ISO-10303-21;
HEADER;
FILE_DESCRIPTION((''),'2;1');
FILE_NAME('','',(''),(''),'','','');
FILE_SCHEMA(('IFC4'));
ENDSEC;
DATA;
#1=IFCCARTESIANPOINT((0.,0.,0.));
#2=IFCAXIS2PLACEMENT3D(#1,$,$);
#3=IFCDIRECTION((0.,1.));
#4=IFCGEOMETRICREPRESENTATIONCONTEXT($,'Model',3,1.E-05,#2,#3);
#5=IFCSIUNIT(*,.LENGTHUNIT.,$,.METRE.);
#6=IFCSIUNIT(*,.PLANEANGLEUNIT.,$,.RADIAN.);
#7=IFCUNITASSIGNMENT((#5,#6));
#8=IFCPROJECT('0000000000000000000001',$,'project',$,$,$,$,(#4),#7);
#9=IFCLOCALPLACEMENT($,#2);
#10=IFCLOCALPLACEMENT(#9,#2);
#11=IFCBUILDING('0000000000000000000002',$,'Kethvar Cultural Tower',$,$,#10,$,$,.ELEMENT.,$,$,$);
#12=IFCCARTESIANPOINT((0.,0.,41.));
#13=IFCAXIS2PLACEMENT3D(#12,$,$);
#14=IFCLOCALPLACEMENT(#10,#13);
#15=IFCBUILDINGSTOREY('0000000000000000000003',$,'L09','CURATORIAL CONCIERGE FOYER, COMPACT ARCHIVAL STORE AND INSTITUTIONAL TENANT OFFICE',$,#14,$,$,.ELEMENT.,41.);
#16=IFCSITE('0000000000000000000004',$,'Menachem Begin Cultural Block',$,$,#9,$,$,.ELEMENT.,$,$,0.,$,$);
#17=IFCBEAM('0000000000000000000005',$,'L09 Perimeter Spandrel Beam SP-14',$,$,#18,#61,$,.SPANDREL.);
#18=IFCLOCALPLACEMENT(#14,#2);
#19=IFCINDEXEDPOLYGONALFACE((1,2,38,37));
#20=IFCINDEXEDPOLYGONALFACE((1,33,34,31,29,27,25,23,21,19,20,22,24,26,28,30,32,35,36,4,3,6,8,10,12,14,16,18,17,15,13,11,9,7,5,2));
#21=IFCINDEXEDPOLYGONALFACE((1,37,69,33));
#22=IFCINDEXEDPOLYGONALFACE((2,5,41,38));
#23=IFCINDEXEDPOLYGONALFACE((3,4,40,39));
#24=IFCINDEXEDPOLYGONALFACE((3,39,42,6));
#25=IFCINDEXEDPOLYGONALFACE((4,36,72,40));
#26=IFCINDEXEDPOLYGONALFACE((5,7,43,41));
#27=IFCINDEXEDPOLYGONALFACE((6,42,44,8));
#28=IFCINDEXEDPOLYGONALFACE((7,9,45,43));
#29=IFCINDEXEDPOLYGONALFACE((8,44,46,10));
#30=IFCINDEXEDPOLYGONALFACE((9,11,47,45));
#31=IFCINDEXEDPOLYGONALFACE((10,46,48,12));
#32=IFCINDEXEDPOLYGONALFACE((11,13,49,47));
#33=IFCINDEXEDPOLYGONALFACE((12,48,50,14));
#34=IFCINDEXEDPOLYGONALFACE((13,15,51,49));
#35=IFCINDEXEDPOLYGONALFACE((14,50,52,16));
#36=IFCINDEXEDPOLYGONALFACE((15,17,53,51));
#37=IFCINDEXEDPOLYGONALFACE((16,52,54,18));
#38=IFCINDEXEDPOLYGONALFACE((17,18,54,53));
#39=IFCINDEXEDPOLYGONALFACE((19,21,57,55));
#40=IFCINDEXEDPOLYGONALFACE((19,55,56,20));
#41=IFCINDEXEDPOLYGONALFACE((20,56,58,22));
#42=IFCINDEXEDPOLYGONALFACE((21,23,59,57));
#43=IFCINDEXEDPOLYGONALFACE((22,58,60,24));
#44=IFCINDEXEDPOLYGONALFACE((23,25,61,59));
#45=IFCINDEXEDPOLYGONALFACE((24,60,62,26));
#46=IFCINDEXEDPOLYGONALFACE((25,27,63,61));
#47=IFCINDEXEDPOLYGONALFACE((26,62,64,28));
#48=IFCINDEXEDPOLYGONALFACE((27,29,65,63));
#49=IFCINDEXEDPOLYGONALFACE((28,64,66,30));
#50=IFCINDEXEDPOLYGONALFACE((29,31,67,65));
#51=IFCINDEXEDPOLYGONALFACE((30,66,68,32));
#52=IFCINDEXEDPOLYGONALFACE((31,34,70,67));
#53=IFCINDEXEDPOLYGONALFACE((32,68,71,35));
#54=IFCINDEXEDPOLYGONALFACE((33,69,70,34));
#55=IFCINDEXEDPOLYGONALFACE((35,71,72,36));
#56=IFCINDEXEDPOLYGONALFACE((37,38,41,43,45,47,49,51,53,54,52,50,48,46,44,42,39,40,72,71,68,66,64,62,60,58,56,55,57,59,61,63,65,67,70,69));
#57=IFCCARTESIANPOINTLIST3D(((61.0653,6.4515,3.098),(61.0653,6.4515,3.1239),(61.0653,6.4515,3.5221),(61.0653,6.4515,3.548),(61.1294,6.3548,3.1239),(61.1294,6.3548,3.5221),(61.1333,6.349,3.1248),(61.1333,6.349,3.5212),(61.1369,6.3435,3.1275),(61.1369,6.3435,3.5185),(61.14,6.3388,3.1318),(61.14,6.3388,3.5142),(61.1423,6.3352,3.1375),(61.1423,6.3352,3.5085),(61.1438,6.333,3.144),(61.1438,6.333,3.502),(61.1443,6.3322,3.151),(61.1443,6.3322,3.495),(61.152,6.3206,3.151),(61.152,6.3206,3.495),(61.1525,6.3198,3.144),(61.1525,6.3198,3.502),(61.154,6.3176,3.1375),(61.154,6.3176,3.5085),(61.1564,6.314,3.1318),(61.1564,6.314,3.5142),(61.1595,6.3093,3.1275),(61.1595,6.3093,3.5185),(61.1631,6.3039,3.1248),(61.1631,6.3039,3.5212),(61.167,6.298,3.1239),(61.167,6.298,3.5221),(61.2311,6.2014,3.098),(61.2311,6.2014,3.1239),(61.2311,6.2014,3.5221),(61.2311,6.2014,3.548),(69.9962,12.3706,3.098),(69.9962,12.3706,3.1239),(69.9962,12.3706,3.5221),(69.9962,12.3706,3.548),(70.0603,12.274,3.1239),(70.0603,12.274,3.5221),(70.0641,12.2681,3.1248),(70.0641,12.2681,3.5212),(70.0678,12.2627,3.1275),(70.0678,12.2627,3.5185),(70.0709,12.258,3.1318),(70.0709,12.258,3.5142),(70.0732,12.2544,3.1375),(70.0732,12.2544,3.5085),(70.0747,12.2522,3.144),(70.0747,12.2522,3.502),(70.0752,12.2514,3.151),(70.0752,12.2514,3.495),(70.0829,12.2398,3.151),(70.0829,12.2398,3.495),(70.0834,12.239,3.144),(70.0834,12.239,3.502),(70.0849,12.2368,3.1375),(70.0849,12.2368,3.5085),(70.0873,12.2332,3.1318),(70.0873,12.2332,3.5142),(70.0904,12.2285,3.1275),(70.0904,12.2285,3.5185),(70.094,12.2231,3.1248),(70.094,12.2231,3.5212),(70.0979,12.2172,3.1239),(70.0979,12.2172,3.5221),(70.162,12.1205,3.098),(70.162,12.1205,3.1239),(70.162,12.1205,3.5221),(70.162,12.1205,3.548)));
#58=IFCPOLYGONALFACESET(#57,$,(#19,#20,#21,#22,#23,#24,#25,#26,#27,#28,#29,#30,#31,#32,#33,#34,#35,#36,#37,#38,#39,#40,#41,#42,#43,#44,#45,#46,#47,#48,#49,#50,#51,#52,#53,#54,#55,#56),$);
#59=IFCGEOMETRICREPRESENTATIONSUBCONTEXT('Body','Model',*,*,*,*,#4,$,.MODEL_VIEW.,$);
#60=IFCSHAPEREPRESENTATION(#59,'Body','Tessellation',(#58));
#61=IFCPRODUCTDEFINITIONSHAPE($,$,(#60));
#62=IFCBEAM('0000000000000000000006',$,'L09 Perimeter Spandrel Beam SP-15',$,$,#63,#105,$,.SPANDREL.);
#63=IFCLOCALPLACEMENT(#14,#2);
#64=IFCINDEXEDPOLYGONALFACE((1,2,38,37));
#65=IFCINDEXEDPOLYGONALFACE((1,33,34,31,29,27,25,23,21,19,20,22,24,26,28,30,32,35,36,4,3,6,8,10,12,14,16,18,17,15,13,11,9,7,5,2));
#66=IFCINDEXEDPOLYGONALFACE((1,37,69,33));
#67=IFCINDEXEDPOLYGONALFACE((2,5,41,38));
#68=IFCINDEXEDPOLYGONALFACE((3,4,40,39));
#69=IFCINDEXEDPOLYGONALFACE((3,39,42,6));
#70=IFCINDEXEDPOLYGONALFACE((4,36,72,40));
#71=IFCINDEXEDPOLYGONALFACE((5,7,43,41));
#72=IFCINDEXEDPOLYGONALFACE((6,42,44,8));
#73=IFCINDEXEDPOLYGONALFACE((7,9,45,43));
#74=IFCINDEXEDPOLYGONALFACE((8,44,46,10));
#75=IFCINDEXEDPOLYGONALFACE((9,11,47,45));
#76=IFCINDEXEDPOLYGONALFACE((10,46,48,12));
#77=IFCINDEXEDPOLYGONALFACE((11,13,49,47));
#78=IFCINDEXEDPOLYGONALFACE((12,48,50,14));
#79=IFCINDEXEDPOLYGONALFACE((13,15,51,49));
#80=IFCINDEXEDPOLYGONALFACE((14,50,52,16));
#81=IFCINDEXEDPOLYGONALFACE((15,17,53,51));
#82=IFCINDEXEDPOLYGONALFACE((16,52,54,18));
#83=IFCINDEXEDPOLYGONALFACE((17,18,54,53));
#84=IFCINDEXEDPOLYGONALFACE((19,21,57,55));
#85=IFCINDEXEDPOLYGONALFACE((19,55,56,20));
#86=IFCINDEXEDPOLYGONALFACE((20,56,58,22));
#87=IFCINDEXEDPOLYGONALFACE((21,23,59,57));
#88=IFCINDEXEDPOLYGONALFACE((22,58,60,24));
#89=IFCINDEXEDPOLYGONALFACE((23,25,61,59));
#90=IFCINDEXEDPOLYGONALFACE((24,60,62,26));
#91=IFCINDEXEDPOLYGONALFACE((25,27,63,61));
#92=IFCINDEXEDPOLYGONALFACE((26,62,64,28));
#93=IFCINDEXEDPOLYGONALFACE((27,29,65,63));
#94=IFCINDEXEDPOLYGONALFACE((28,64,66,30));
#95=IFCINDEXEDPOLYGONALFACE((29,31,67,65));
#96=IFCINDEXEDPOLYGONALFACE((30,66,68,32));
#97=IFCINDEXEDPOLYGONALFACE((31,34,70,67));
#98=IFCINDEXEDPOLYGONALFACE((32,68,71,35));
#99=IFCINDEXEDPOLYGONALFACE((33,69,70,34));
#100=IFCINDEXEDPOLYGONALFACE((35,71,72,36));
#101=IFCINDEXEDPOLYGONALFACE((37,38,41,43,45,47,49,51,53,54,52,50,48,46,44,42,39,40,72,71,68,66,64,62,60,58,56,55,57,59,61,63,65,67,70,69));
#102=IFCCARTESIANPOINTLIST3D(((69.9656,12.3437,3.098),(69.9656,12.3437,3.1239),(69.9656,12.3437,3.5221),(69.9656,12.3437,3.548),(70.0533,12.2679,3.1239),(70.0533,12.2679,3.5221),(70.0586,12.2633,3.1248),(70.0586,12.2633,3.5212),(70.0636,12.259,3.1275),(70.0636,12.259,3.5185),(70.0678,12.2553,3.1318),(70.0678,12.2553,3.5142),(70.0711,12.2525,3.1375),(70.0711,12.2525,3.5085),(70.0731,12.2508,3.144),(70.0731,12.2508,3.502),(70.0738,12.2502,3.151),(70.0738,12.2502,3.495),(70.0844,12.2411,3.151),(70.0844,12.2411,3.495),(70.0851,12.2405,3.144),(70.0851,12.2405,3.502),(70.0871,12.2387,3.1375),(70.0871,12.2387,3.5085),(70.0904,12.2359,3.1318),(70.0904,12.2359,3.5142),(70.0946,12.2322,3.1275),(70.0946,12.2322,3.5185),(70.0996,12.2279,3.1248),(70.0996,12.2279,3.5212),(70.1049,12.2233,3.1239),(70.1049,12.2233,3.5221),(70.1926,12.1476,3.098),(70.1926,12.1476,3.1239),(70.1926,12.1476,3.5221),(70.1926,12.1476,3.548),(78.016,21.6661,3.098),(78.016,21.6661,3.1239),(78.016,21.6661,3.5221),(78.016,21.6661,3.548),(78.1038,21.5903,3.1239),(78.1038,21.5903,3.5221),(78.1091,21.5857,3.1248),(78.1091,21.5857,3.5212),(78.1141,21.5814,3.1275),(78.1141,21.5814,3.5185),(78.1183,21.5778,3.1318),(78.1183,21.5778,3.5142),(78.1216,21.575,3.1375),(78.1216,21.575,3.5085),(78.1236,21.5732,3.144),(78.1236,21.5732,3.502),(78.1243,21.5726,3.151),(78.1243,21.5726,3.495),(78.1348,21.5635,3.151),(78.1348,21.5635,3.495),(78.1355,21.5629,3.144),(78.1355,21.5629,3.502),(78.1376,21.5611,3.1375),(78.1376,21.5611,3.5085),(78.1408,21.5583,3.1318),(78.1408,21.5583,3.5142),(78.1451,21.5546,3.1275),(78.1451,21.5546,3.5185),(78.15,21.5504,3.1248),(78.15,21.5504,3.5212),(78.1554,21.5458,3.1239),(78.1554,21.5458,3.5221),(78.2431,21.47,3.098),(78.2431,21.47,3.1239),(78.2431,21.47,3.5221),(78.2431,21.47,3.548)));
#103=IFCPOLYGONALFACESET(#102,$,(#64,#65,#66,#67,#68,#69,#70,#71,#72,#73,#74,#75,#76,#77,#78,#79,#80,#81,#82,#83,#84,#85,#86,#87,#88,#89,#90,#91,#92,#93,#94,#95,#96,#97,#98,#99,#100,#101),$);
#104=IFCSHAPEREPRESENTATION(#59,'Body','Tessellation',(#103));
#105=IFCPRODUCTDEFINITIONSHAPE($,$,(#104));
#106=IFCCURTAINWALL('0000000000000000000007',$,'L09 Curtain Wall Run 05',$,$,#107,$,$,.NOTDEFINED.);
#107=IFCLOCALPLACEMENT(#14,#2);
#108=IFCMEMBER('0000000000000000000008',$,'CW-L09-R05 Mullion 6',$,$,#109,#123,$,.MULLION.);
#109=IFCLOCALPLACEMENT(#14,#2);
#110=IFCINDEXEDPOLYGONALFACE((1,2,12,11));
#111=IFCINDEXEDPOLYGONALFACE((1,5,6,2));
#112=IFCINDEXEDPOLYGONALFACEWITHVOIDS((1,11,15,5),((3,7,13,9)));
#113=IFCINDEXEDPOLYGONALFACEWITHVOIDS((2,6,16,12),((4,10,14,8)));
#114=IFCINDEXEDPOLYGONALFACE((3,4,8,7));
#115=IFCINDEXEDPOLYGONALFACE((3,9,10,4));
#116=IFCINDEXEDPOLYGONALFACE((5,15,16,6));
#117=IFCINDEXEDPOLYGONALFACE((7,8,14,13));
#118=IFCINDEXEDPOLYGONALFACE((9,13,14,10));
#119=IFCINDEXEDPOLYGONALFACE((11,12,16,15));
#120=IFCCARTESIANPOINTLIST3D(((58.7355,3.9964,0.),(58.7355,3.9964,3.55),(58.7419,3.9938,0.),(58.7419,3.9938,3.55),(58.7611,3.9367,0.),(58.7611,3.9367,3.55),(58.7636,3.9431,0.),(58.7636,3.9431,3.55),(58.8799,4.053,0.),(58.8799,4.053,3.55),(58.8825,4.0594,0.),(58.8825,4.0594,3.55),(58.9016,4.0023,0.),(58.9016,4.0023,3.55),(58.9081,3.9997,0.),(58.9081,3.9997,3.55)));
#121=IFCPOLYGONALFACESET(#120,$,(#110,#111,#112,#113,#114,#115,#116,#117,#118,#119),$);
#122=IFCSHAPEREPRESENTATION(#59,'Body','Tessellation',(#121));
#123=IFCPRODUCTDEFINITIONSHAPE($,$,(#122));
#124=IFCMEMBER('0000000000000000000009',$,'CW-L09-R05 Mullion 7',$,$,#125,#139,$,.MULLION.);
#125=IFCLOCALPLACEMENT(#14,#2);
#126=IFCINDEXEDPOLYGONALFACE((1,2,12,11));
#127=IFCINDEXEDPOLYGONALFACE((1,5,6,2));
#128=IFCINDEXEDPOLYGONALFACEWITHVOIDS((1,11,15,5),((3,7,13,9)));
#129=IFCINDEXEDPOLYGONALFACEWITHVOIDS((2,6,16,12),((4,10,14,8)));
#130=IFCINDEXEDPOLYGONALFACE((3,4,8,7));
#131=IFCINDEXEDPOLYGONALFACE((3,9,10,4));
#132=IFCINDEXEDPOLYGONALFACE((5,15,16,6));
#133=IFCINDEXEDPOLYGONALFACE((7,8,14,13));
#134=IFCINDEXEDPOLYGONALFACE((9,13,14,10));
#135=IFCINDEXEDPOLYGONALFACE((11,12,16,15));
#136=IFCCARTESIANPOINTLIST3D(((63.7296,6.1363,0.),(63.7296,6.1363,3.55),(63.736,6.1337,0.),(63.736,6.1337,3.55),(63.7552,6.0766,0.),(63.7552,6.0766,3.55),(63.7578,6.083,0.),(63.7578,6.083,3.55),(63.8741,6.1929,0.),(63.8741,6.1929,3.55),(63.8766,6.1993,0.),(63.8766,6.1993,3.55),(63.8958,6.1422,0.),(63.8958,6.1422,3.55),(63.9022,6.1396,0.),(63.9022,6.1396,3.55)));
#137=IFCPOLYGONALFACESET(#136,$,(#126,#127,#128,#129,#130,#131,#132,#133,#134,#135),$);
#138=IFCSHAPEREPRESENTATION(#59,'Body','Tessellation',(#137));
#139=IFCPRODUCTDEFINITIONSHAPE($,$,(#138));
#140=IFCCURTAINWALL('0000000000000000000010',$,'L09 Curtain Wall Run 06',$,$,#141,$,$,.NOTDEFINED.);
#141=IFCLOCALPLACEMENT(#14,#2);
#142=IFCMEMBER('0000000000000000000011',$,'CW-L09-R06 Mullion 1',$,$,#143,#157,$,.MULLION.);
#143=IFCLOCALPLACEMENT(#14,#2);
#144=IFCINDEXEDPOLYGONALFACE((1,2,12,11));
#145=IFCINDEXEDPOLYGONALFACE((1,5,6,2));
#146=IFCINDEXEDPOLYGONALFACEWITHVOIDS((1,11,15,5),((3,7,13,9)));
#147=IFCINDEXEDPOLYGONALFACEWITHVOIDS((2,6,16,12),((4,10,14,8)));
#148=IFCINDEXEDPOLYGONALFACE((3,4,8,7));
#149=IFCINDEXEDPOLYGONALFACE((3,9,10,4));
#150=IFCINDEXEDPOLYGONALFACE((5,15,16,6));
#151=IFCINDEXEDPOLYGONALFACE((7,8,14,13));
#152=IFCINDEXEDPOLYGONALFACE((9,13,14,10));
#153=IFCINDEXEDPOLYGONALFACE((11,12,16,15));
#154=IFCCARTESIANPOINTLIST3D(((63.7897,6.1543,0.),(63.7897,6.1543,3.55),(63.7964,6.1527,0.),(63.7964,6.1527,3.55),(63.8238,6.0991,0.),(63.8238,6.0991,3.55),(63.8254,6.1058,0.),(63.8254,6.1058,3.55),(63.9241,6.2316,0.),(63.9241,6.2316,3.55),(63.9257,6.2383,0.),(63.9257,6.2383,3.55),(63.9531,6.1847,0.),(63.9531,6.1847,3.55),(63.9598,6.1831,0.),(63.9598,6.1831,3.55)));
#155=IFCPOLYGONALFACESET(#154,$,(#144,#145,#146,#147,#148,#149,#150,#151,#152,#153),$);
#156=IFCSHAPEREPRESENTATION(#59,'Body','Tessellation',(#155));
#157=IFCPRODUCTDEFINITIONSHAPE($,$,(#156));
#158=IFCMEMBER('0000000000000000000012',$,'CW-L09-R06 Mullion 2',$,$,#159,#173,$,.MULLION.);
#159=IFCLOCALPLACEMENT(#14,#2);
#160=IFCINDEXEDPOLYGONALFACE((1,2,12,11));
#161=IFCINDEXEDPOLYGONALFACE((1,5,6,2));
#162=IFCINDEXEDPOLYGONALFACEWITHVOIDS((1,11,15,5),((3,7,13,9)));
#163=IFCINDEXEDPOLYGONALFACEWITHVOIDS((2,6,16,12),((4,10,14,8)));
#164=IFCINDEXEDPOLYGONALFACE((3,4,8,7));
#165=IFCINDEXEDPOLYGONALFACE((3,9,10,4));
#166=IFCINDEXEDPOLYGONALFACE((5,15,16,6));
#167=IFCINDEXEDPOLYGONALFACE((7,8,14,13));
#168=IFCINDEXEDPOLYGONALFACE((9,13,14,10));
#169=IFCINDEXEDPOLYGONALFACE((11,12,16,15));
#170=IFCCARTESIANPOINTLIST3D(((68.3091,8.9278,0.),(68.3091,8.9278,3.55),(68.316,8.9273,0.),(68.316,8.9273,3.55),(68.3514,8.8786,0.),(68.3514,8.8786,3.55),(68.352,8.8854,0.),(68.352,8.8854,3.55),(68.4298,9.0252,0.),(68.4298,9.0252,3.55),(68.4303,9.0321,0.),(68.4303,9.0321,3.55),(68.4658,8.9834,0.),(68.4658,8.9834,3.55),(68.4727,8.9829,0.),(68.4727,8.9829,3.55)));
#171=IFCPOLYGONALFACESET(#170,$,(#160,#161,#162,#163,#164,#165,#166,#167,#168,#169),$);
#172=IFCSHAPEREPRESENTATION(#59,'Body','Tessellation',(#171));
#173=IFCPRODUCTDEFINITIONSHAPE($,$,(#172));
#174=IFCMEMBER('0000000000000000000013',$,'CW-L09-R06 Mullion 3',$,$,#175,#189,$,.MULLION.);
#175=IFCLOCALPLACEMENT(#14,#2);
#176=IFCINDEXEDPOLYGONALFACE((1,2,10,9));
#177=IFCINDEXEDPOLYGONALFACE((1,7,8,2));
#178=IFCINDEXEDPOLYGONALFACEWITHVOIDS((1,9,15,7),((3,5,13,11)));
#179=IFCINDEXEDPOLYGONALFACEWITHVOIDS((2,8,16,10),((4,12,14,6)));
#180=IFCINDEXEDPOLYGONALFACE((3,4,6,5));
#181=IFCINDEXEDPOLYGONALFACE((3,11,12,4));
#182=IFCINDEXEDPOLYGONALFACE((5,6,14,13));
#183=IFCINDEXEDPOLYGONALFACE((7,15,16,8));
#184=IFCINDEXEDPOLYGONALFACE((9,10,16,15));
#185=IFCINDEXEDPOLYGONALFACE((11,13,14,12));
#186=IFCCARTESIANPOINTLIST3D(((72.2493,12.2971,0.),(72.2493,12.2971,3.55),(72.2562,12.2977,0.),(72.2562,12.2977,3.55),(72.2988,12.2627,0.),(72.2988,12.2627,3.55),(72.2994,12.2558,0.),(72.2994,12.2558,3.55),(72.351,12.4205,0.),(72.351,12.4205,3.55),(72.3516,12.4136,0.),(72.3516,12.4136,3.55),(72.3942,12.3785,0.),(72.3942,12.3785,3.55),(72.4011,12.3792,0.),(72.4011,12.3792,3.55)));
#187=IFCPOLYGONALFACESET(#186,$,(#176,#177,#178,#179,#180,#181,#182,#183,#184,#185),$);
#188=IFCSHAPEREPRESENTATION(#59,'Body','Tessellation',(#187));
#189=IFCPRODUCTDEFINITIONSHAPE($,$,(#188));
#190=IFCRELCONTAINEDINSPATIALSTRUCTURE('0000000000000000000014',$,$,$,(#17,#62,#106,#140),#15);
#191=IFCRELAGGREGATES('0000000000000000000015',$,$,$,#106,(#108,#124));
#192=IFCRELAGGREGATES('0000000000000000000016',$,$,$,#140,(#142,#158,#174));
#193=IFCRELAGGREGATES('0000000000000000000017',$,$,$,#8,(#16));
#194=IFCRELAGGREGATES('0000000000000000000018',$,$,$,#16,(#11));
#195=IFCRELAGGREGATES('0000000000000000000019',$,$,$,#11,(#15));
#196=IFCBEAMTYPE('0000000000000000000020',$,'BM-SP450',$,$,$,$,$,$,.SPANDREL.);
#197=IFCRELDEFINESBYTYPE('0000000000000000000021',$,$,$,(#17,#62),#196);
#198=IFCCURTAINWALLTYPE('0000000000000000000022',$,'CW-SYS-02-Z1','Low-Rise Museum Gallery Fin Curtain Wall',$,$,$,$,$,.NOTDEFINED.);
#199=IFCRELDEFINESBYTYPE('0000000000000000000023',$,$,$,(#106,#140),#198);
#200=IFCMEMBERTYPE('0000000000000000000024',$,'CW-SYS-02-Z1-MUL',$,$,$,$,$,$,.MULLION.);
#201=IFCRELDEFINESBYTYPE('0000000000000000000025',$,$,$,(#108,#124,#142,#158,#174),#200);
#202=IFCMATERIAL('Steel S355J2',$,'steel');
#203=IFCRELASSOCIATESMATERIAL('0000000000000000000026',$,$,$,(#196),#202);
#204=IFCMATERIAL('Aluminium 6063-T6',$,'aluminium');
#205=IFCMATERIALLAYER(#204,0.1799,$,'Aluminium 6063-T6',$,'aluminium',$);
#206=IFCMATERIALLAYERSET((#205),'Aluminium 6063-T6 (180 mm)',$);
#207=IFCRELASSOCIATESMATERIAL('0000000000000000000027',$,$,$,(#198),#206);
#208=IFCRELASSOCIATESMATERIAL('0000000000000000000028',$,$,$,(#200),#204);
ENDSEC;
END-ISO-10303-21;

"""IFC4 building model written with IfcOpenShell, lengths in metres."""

from ifc_helpers import new_model, si_unit, direction, frame, origin, origin_2d, place, context, subcontext, project, spatial, hollow_rectangle, i_section, extrude, source, transform, mapped, material, layer, layer_set, material_profile, profile_set, type_object, element, aggregate, save


model = new_model("IFC4")

# Units and contexts
model_context = context("Model", 3, precision=1e-05, world=origin(), true_north=direction((0.0, 1.0)))
body_context = subcontext(model_context, "Body", "Model", "MODEL_VIEW")
ifc_project = project(units=[si_unit("LENGTHUNIT", "METRE"), si_unit("PLANEANGLEUNIT", "RADIAN")], contexts=[model_context])

# Site, building, storey
site_placement = place(None, origin())
site = spatial("IfcSite", under=ifc_project, at=site_placement, Name="Menachem Begin Cultural Block", CompositionType="ELEMENT", RefElevation=0.0)
building_placement = place(site_placement, origin())
building = spatial("IfcBuilding", under=site, at=building_placement, Name="Kethvar Cultural Tower", CompositionType="ELEMENT")
storey_placement = place(building_placement, frame((0.0, 0.0, 41.0)))
storey = spatial("IfcBuildingStorey", under=building, at=storey_placement, Name="L09", Description="CURATORIAL CONCIERGE FOYER, COMPACT ARCHIVAL STORE AND INSTITUTIONAL TENANT OFFICE", CompositionType="ELEMENT", Elevation=41.0)

# Beams
ifc_material_1 = material(Name="Steel S355J2", Category="steel")
ifc_material_profile_1 = material_profile(ifc_material_1, i_section(OverallWidth=0.3, OverallDepth=0.45, WebThickness=0.0139, FlangeThickness=0.0259, FilletRadius=0.0271, at=origin_2d()), Name="Steel S355J2 — HEB450")
ifc_profile_set_1 = profile_set([ifc_material_profile_1], Name="Steel S355J2 — HEB450")
beam_type_1 = type_object("IfcBeamType", Name="BM-SP450", PredefinedType="SPANDREL", material=ifc_profile_set_1)
shared_shape_1 = source(origin(), body_context, "Body", "SweptSolid", [
    extrude(i_section(OverallWidth=0.3, OverallDepth=0.45, WebThickness=0.0139, FlangeThickness=0.0259, FilletRadius=0.0271, at=origin_2d()), origin(), (0.0, 0.0, 1.0), 10.7144),
])
beam_1_placement = place(storey_placement, frame((61.1482, 6.3264, 3.323), z_axis=(0.833544, 0.552453, 0.0), x_axis=(-0.552453, 0.833544, 0.0)))
element("IfcBeam", 1, at=beam_1_placement, inside=storey, type_object=beam_type_1, Name="L09 Perimeter Spandrel Beam SP-14", PredefinedType="SPANDREL", context=body_context, shape_type="MappedRepresentation", body=[
    mapped(shared_shape_1, transform((0.0, 0.0, 0.0), scale=1.0)),
])
shared_shape_2 = source(origin(), body_context, "Body", "SweptSolid", [
    extrude(i_section(OverallWidth=0.3, OverallDepth=0.45, WebThickness=0.0139, FlangeThickness=0.0259, FilletRadius=0.0271, at=origin_2d()), origin(), (0.0, 0.0, 1.0), 12.3174),
])
beam_2_placement = place(storey_placement, frame((70.0791, 12.2456, 3.323), z_axis=(0.653586, 0.756852, 0.0), x_axis=(-0.756852, 0.653586, 0.0)))
element("IfcBeam", 2, at=beam_2_placement, inside=storey, type_object=beam_type_1, Name="L09 Perimeter Spandrel Beam SP-15", PredefinedType="SPANDREL", context=body_context, shape_type="MappedRepresentation", body=[
    mapped(shared_shape_2, transform((0.0, 0.0, 0.0), scale=1.0)),
])

# Curtain walls, members
ifc_material_2 = material(Name="Aluminium 6063-T6", Category="aluminium")
ifc_layer_1 = layer(ifc_material_2, 0.1799, Name="Aluminium 6063-T6", Category="aluminium")
ifc_layer_set_1 = layer_set([ifc_layer_1], Name="Aluminium 6063-T6 (180 mm)")
curtain_wall_type = type_object("IfcCurtainWallType", Name="CW-SYS-02-Z1", Description="Low-Rise Museum Gallery Fin Curtain Wall", PredefinedType="NOTDEFINED", material=ifc_layer_set_1)
curtain_wall_1_placement = place(storey_placement, origin())
curtain_wall_1 = element("IfcCurtainWall", 3, at=curtain_wall_1_placement, inside=storey, type_object=curtain_wall_type, Name="L09 Curtain Wall Run 05", PredefinedType="NOTDEFINED")
ifc_material_profile_2 = material_profile(ifc_material_2, hollow_rectangle(XDim=0.0649, YDim=0.1599, WallThickness=0.0049, at=origin_2d()), Name="Aluminium 6063-T6 — RHS160x65x5")
ifc_profile_set_2 = profile_set([ifc_material_profile_2], Name="Aluminium 6063-T6 — RHS160x65x5")
member_type_1 = type_object("IfcMemberType", Name="CW-SYS-02-Z1-MUL", PredefinedType="MULLION", material=ifc_profile_set_2)
shared_shape_3 = source(origin(), body_context, "Body", "SweptSolid", [
    extrude(hollow_rectangle(XDim=0.0649, YDim=0.1599, WallThickness=0.0049, at=origin_2d()), origin(), (0.0, 0.0, 1.0), 3.55),
])
member_1_placement = place(storey_placement, frame((58.8218, 3.998, 0.0), z_axis=(0.0, 0.0, 1.0), x_axis=(-0.393878, 0.919163, 0.0)))
member_1 = element("IfcMember", 4, at=member_1_placement, type_object=member_type_1, Name="CW-L09-R05 Mullion 6", PredefinedType="MULLION", context=body_context, shape_type="MappedRepresentation", body=[
    mapped(shared_shape_3, transform((0.0, 0.0, 0.0), scale=1.0)),
])
member_2_placement = place(storey_placement, frame((63.8159, 6.1379, 0.0), z_axis=(0.0, 0.0, 1.0), x_axis=(-0.393878, 0.919163, 0.0)))
member_2 = element("IfcMember", 5, at=member_2_placement, type_object=member_type_1, Name="CW-L09-R05 Mullion 7", PredefinedType="MULLION", context=body_context, shape_type="MappedRepresentation", body=[
    mapped(shared_shape_3, transform((0.0, 0.0, 0.0), scale=1.0)),
])
curtain_wall_2_placement = place(storey_placement, origin())
curtain_wall_2 = element("IfcCurtainWall", 6, at=curtain_wall_2_placement, inside=storey, type_object=curtain_wall_type, Name="L09 Curtain Wall Run 06", PredefinedType="NOTDEFINED")
member_3_placement = place(storey_placement, frame((63.8748, 6.1687, 0.0), z_axis=(0.0, 0.0, 1.0), x_axis=(-0.525383, 0.850866, 0.0)))
member_3 = element("IfcMember", 7, at=member_3_placement, type_object=member_type_1, Name="CW-L09-R06 Mullion 1", PredefinedType="MULLION", context=body_context, shape_type="MappedRepresentation", body=[
    mapped(shared_shape_3, transform((0.0, 0.0, 0.0), scale=1.0)),
])
member_4_placement = place(storey_placement, frame((68.3909, 8.9553, 0.0), z_axis=(0.0, 0.0, 1.0), x_axis=(-0.652217, 0.758032, 0.0)))
member_4 = element("IfcMember", 8, at=member_4_placement, type_object=member_type_1, Name="CW-L09-R06 Mullion 2", PredefinedType="MULLION", context=body_context, shape_type="MappedRepresentation", body=[
    mapped(shared_shape_3, transform((0.0, 0.0, 0.0), scale=1.0)),
])
member_5_placement = place(storey_placement, frame((72.3252, 12.3381, 0.0), z_axis=(0.0, 0.0, 1.0), x_axis=(-0.771802, 0.635863, 0.0)))
member_5 = element("IfcMember", 9, at=member_5_placement, type_object=member_type_1, Name="CW-L09-R06 Mullion 3", PredefinedType="MULLION", context=body_context, shape_type="MappedRepresentation", body=[
    mapped(shared_shape_3, transform((0.0, 0.0, 0.0), scale=1.0)),
])

aggregate(curtain_wall_1, [member_1, member_2])
aggregate(curtain_wall_2, [member_3, member_4, member_5])

save(model, "model.ifc")
